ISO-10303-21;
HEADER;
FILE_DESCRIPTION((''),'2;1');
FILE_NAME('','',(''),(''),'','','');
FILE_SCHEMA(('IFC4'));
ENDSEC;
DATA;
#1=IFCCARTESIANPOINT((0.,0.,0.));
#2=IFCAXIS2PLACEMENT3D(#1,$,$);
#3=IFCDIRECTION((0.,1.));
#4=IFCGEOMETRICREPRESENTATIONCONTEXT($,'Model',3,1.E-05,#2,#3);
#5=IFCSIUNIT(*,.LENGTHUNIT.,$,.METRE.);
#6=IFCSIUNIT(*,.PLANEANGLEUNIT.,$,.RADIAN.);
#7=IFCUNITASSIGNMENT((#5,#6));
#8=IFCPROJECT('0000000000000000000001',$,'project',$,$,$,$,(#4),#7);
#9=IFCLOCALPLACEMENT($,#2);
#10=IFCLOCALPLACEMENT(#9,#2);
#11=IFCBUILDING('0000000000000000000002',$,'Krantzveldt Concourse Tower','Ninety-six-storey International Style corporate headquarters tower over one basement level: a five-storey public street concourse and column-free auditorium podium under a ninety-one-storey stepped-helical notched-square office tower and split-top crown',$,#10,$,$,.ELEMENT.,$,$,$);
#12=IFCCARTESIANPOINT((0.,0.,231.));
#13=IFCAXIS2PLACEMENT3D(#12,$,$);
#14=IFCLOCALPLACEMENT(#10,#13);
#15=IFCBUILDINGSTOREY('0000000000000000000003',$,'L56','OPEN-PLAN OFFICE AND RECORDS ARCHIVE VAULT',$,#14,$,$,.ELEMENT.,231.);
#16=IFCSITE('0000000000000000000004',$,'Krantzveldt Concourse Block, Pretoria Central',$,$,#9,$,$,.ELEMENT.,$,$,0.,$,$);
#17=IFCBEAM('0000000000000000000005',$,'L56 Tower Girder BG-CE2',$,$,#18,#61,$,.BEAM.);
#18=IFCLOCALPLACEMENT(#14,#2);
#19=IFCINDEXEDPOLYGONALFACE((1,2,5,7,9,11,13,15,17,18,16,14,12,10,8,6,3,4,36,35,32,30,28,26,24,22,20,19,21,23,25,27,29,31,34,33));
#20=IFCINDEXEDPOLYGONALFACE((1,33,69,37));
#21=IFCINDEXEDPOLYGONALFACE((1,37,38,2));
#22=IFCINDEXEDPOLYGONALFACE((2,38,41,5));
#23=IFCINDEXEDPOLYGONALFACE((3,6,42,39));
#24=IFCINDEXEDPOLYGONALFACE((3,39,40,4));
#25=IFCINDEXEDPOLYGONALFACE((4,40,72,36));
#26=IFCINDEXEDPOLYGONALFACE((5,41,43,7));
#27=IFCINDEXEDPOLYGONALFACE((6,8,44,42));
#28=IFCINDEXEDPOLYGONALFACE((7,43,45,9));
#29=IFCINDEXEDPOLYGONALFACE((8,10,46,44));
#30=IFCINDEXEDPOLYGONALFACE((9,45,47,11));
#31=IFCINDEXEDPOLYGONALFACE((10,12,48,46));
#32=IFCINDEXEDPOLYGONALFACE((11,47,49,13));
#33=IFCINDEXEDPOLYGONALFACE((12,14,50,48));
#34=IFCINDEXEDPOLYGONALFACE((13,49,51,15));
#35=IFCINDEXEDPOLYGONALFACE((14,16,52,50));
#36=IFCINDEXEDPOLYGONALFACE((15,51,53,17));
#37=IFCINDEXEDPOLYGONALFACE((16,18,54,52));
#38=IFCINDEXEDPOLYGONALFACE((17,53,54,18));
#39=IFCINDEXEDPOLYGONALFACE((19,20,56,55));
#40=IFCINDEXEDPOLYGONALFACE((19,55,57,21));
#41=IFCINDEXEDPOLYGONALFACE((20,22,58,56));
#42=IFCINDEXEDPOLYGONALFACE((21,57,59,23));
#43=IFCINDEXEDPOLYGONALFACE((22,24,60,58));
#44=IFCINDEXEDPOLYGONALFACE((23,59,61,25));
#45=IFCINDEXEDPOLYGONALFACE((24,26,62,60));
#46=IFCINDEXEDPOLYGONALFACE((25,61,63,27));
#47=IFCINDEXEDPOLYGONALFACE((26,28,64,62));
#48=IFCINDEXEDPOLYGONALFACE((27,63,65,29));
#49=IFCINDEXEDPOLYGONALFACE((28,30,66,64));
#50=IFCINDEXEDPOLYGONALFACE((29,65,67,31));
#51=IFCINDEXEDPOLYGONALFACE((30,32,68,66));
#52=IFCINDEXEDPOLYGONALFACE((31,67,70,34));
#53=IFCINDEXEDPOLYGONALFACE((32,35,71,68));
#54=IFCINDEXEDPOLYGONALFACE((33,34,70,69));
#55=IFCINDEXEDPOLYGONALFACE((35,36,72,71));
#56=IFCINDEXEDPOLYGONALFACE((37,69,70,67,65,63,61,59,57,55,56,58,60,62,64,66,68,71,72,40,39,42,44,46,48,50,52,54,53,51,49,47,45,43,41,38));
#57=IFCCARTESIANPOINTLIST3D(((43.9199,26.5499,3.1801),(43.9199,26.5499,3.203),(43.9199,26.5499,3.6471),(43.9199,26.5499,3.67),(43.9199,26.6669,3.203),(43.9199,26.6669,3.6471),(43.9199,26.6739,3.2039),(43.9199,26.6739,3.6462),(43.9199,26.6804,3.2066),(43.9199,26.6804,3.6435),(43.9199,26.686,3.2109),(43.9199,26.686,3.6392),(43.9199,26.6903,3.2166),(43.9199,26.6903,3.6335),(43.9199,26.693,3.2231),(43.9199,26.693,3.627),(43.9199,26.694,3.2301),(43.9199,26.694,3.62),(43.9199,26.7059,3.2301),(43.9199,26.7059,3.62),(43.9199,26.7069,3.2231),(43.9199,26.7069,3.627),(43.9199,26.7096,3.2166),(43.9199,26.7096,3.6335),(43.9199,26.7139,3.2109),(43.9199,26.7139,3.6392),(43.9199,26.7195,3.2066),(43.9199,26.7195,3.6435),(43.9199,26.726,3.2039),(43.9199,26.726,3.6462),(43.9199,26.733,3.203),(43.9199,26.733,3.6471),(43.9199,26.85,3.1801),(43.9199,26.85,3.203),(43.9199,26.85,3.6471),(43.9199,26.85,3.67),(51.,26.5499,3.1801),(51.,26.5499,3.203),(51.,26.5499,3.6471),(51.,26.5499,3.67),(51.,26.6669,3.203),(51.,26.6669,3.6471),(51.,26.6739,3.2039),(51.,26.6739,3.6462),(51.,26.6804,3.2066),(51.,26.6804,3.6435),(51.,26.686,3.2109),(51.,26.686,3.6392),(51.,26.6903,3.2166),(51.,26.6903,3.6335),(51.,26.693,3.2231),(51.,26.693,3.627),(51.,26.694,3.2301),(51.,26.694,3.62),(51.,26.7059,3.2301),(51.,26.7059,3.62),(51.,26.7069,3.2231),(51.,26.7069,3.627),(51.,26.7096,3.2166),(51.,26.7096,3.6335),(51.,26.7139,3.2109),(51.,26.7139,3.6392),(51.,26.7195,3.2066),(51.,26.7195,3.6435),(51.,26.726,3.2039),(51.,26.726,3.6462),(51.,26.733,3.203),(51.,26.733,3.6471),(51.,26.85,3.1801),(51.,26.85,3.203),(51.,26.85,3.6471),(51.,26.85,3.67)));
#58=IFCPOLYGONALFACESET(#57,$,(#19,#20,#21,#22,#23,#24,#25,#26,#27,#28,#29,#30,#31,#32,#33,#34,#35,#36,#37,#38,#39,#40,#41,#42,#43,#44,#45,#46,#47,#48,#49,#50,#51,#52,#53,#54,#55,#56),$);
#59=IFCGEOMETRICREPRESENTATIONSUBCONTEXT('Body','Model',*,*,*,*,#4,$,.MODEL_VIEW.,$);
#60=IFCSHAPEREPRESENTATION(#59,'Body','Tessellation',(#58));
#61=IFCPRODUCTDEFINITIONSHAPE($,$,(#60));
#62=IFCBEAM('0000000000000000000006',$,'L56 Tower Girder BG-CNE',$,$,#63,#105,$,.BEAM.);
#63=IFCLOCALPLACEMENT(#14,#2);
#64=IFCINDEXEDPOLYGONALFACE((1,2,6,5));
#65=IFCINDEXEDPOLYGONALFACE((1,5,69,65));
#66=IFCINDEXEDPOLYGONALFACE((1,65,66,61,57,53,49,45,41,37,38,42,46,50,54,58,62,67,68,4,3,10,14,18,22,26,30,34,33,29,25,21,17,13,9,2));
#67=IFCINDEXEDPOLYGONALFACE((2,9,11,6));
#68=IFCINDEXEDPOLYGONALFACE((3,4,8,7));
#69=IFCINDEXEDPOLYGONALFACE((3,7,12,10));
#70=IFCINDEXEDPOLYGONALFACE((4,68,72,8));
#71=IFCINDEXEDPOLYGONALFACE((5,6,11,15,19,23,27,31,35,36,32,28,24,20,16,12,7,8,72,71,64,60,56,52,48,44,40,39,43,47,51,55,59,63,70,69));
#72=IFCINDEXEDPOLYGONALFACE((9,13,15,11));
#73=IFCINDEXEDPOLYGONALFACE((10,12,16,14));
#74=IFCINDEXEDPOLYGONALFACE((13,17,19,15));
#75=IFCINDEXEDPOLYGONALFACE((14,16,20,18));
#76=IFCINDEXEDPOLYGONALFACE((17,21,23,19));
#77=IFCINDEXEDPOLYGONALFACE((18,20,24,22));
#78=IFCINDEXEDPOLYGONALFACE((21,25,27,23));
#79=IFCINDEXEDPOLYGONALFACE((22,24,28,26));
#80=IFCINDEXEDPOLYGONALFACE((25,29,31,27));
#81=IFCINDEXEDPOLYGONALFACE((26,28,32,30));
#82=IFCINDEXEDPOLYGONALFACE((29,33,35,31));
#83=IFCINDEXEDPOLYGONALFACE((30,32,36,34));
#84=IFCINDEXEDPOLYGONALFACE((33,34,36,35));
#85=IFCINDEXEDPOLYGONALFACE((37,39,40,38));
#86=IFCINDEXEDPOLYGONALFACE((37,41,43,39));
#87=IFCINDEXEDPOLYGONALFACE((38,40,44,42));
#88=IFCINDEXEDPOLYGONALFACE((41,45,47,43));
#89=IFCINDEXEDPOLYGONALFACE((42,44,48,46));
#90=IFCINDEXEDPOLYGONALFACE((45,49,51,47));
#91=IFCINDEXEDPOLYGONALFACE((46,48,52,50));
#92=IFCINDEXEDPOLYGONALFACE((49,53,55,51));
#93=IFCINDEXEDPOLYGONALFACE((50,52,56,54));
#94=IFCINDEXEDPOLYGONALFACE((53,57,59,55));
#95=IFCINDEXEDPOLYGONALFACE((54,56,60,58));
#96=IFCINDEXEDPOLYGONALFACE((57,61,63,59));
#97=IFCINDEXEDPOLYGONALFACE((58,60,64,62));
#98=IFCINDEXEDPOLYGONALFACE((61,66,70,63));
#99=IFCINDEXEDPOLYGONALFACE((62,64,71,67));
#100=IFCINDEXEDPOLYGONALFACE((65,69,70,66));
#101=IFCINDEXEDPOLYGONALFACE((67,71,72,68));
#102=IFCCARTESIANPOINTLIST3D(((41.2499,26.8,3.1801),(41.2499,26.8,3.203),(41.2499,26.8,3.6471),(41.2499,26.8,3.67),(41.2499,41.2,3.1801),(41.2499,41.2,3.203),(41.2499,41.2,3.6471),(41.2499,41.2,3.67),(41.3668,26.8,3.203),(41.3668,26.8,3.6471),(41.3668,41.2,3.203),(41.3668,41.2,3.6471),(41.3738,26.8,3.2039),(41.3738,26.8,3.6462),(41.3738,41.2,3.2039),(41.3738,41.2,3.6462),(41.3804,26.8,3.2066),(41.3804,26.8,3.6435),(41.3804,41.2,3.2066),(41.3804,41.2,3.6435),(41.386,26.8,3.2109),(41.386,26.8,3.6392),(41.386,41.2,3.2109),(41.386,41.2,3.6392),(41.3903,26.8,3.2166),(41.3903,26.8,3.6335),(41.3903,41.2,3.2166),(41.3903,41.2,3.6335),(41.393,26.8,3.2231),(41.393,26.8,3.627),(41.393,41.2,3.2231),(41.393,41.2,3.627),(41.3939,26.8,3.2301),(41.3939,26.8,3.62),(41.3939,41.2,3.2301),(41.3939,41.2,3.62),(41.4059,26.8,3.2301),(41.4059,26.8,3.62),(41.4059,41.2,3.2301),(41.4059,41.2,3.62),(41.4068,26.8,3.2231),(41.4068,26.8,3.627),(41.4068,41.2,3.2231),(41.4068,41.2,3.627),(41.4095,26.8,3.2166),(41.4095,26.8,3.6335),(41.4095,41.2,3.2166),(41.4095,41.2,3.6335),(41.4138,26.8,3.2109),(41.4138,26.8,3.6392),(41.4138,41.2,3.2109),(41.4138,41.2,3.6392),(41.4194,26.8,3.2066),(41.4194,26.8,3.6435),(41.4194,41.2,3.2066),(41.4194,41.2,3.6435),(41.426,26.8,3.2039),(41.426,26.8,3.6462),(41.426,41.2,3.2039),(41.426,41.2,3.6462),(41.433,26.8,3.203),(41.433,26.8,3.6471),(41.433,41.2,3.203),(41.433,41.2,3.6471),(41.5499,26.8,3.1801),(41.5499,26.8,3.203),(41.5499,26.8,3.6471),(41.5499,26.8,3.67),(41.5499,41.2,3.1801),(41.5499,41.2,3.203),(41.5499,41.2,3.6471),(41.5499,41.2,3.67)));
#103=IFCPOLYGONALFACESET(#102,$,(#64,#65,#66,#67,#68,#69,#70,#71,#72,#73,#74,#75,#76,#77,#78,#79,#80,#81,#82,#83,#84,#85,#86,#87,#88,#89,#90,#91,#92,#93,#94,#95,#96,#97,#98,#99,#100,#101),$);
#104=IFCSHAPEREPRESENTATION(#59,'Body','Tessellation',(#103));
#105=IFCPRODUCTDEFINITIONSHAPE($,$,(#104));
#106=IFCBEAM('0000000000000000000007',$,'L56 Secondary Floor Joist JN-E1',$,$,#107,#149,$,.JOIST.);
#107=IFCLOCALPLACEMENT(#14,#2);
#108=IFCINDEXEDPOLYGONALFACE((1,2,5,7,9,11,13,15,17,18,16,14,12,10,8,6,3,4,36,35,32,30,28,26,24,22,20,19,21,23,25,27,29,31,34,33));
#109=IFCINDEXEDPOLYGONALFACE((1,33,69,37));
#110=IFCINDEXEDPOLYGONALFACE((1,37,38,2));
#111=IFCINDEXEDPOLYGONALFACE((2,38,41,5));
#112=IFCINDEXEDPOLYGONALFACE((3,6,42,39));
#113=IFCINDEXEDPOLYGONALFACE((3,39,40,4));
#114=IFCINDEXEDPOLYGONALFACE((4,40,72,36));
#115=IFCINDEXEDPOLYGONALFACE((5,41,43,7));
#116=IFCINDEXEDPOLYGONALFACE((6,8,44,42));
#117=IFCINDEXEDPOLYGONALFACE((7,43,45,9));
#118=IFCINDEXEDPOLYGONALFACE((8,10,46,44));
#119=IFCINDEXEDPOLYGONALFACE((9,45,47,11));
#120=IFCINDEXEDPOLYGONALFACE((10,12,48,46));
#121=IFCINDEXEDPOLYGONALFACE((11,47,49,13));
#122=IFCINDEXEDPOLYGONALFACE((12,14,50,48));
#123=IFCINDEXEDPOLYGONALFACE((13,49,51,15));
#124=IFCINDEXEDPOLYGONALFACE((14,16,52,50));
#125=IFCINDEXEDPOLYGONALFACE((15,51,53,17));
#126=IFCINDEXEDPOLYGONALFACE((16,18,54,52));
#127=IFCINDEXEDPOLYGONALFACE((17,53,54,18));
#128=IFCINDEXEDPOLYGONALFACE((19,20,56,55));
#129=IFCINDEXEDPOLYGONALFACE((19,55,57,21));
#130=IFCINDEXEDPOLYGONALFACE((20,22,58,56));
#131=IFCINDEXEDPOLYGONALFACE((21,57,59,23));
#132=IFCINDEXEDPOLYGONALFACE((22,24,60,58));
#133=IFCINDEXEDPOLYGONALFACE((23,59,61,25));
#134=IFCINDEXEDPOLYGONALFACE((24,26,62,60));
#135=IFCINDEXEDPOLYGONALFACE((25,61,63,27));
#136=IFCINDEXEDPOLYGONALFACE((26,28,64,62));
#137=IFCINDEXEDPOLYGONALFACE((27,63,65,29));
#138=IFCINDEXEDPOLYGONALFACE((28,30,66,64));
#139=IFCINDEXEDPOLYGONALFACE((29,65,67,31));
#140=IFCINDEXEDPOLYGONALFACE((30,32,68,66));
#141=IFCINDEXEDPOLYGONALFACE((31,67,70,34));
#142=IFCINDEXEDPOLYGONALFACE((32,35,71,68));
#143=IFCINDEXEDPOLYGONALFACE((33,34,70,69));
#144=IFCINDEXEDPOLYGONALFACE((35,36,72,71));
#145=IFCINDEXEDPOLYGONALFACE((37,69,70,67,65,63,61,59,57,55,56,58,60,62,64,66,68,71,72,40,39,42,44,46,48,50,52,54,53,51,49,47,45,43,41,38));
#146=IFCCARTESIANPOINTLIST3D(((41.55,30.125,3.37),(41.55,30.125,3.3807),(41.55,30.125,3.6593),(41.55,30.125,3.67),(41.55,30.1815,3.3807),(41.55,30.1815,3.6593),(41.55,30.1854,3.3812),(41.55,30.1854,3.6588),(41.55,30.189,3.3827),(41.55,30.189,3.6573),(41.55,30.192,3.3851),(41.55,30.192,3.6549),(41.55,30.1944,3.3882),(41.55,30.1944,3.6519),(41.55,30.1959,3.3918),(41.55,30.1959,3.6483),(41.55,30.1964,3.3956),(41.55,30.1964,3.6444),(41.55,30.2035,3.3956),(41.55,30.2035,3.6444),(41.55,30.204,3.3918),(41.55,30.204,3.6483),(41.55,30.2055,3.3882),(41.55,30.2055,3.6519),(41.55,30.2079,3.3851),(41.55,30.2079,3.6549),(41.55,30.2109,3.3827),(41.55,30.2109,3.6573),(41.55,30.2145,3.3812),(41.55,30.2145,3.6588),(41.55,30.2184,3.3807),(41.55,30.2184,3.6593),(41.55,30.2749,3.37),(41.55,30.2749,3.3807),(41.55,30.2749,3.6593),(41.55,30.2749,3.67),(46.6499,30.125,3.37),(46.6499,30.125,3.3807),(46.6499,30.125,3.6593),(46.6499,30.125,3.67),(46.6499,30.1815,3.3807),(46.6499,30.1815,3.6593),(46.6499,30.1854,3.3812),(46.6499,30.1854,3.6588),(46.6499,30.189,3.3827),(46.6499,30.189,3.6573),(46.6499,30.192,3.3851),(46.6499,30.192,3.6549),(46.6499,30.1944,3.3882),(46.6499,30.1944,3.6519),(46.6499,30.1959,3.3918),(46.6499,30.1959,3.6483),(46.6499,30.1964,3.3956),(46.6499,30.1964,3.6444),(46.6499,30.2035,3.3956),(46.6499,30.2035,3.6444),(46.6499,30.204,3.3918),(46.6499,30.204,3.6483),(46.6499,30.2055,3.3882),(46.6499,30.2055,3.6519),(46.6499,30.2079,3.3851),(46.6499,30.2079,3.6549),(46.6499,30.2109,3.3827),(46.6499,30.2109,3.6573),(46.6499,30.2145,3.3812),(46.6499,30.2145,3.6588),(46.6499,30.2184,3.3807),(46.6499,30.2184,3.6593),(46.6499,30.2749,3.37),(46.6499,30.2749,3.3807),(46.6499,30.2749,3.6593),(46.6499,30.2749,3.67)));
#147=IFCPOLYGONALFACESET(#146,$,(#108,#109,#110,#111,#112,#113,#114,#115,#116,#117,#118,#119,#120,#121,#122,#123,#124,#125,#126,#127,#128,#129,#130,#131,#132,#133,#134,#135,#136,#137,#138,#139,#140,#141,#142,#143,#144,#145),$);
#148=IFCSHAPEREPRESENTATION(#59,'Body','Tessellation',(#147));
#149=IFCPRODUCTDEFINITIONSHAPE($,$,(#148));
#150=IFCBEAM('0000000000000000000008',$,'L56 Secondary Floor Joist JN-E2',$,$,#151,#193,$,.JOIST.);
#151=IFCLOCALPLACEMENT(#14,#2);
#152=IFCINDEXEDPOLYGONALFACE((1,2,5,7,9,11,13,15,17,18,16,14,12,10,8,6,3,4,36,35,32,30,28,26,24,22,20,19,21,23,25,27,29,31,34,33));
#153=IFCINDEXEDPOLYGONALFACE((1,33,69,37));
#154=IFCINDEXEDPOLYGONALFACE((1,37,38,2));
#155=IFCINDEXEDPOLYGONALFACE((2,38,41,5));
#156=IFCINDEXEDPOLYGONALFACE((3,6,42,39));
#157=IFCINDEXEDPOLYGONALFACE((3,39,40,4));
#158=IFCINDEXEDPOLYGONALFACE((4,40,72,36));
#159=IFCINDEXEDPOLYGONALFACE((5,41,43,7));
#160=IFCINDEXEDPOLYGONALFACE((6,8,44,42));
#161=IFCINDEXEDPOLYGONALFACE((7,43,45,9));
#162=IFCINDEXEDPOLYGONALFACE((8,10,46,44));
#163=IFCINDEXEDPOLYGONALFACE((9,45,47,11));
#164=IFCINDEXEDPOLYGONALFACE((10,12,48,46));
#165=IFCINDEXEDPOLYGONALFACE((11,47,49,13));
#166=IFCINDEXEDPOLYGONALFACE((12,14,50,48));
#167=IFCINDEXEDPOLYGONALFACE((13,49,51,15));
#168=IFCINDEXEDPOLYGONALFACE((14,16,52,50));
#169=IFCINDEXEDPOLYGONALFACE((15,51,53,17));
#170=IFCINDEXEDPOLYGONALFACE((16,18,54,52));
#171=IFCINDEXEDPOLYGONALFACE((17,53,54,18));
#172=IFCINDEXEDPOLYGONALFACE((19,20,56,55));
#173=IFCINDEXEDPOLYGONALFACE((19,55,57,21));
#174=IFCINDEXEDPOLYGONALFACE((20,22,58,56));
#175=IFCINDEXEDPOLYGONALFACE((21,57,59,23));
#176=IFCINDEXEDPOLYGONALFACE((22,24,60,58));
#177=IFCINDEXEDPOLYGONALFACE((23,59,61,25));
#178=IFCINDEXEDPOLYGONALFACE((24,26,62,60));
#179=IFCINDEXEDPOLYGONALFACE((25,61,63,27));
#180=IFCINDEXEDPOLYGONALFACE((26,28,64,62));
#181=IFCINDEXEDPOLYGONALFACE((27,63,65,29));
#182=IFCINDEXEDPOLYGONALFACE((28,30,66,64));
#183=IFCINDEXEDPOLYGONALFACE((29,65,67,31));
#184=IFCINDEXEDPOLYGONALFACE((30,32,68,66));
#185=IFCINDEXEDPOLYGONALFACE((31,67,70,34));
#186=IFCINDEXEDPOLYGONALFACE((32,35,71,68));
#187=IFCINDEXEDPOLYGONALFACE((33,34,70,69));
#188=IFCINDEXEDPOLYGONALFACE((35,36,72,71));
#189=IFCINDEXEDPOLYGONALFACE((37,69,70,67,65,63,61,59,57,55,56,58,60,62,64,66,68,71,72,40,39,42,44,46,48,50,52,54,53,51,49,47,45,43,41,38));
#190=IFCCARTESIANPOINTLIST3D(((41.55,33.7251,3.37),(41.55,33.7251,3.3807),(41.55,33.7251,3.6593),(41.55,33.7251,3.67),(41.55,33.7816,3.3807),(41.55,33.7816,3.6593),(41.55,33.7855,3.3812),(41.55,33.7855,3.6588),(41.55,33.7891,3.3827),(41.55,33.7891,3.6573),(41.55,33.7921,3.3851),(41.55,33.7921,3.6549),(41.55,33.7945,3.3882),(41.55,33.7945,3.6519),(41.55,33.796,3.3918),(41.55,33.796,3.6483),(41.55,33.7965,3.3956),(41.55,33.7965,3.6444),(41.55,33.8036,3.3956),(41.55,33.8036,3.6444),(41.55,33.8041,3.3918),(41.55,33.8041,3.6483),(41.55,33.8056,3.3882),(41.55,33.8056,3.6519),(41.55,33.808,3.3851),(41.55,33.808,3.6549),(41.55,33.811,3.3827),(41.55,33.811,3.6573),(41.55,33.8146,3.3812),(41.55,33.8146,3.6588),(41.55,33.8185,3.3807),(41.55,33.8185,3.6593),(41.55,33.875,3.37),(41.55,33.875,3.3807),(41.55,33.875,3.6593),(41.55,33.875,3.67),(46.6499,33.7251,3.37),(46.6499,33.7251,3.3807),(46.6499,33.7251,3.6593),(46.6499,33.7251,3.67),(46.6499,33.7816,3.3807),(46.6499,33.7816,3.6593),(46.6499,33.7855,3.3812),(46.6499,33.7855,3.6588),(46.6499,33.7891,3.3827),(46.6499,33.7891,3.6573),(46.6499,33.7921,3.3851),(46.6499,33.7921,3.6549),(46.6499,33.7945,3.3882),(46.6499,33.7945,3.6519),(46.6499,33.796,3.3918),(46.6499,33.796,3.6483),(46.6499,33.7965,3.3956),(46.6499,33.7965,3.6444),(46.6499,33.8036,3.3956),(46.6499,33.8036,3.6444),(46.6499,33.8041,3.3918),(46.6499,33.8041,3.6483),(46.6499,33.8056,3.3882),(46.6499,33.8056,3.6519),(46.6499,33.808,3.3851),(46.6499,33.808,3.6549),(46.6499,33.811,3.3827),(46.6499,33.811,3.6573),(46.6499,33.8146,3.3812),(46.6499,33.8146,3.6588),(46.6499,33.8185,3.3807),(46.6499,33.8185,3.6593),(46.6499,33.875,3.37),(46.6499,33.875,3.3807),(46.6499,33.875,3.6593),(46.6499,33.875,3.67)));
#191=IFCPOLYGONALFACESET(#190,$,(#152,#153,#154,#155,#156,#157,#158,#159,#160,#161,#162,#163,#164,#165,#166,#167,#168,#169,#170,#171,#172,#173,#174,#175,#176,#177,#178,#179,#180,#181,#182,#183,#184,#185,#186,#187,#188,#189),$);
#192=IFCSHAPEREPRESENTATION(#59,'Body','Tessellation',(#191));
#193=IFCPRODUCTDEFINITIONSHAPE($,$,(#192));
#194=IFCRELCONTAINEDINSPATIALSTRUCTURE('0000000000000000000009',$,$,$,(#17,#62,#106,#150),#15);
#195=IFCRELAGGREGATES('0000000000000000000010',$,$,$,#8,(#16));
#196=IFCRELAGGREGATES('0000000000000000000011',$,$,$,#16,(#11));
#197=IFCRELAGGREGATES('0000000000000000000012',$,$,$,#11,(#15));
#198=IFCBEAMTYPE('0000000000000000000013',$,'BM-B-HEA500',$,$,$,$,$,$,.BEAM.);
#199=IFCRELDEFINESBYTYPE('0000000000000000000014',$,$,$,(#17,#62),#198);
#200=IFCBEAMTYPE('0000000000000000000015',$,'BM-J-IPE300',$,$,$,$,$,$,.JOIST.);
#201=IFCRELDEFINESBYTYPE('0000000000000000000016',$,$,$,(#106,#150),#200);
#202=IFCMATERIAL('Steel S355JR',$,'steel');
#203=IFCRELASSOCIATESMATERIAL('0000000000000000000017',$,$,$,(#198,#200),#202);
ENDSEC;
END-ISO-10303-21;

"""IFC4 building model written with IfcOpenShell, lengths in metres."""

from ifc_helpers import new_model, si_unit, direction, frame, origin, origin_2d, place, context, subcontext, project, spatial, i_section, extrude, source, transform, mapped, material, material_profile, profile_set, type_object, type_shapes, element, save


model = new_model("IFC4")

# Units and contexts
model_context = context("Model", 3, precision=1e-05, world=origin(), true_north=direction((0.0, 1.0)))
body_context = subcontext(model_context, "Body", "Model", "MODEL_VIEW")
ifc_project = project(units=[si_unit("LENGTHUNIT", "METRE"), si_unit("PLANEANGLEUNIT", "RADIAN")], contexts=[model_context])

# Site, building, storey
site_placement = place(None, origin())
site = spatial("IfcSite", under=ifc_project, at=site_placement, Name="Krantzveldt Concourse Block, Pretoria Central", CompositionType="ELEMENT", RefElevation=0.0)
building_placement = place(site_placement, origin())
building = spatial("IfcBuilding", under=site, at=building_placement, Name="Krantzveldt Concourse Tower", Description="Ninety-six-storey International Style corporate headquarters tower over one basement level: a five-storey public street concourse and column-free auditorium podium under a ninety-one-storey stepped-helical notched-square office tower and split-top crown", CompositionType="ELEMENT")
storey_placement = place(building_placement, frame((0.0, 0.0, 231.0)))
storey = spatial("IfcBuildingStorey", under=building, at=storey_placement, Name="L56", Description="OPEN-PLAN OFFICE AND RECORDS ARCHIVE VAULT", CompositionType="ELEMENT", Elevation=231.0)

# Beams
ifc_material_1 = material(Name="Steel S355JR", Category="steel")
ifc_material_profile_1 = material_profile(ifc_material_1, i_section(OverallWidth=0.3, OverallDepth=0.49, WebThickness=0.012, FlangeThickness=0.0229, FilletRadius=0.0271, at=origin_2d()), Name="Steel S355JR", Category="steel")
ifc_profile_set_1 = profile_set([ifc_material_profile_1], Name="Steel S355JR - HEA 500")
beam_type_1 = type_object("IfcBeamType", Name="BM-B-HEA500", PredefinedType="BEAM", material=ifc_profile_set_1)
shared_shape_1 = source(origin(), body_context, "Body", "SweptSolid", [
    extrude(i_section(OverallWidth=0.3, OverallDepth=0.49, WebThickness=0.012, FlangeThickness=0.0229, FilletRadius=0.0271, at=origin_2d()), origin(), (0.0, 0.0, 1.0), 7.0801),
])
beam_1_placement = place(storey_placement, frame((43.9199, 26.7, 3.425), z_axis=(1.0, 0.0, 0.0), x_axis=(0.0, 1.0, 0.0)))
element("IfcBeam", 1, at=beam_1_placement, inside=storey, type_object=beam_type_1, Name="L56 Tower Girder BG-CE2", PredefinedType="BEAM", context=body_context, shape_type="MappedRepresentation", body=[
    mapped(shared_shape_1, transform((0.0, 0.0, 0.0), x_axis=(1.0, 0.0, 0.0), y_axis=(0.0, 1.0, 0.0), z_axis=(0.0, 0.0, 1.0), scale=1.0)),
])
shared_shape_2 = source(origin(), body_context, "Body", "SweptSolid", [
    extrude(i_section(OverallWidth=0.3, OverallDepth=0.49, WebThickness=0.012, FlangeThickness=0.0229, FilletRadius=0.0271, at=origin_2d()), origin(), (0.0, 0.0, 1.0), 14.3999),
])
type_shapes(beam_type_1, [shared_shape_1, shared_shape_2])
beam_2_placement = place(storey_placement, frame((41.3999, 26.8, 3.425), z_axis=(0.0, 1.0, 0.0), x_axis=(-1.0, 0.0, 0.0)))
element("IfcBeam", 2, at=beam_2_placement, inside=storey, type_object=beam_type_1, Name="L56 Tower Girder BG-CNE", PredefinedType="BEAM", context=body_context, shape_type="MappedRepresentation", body=[
    mapped(shared_shape_2, transform((0.0, 0.0, 0.0), x_axis=(1.0, 0.0, 0.0), y_axis=(0.0, 1.0, 0.0), z_axis=(0.0, 0.0, 1.0), scale=1.0)),
])
ifc_material_profile_2 = material_profile(ifc_material_1, i_section(OverallWidth=0.1499, OverallDepth=0.3, WebThickness=0.0071, FlangeThickness=0.0107, FilletRadius=0.0149, at=origin_2d()), Name="Steel S355JR", Category="steel")
ifc_profile_set_2 = profile_set([ifc_material_profile_2], Name="Steel S355JR - IPE 300")
beam_type_2 = type_object("IfcBeamType", Name="BM-J-IPE300", PredefinedType="JOIST", material=ifc_profile_set_2)
shared_shape_3 = source(origin(), body_context, "Body", "SweptSolid", [
    extrude(i_section(OverallWidth=0.1499, OverallDepth=0.3, WebThickness=0.0071, FlangeThickness=0.0107, FilletRadius=0.0149, at=origin_2d()), origin(), (0.0, 0.0, 1.0), 5.0999),
])
type_shapes(beam_type_2, [shared_shape_3])
for number, where, z_axis, x_axis, name in (
    (3, (41.55, 30.2, 3.52), (1.0, 0.0, 0.0), (0.0, 1.0, 0.0), "L56 Secondary Floor Joist JN-E1"),
    (4, (41.55, 33.8, 3.52), (1.0, 0.0, 0.0), (0.0, 1.0, 0.0), "L56 Secondary Floor Joist JN-E2"),
):
    element("IfcBeam", number, at=place(storey_placement, frame(where, z_axis=z_axis, x_axis=x_axis)), inside=storey, type_object=beam_type_2, Name=name, PredefinedType="JOIST", context=body_context, shape_type="MappedRepresentation", body=[
        mapped(shared_shape_3, transform((0.0, 0.0, 0.0), x_axis=(1.0, 0.0, 0.0), y_axis=(0.0, 1.0, 0.0), z_axis=(0.0, 0.0, 1.0), scale=1.0)),
    ])

save(model, "model.ifc")
